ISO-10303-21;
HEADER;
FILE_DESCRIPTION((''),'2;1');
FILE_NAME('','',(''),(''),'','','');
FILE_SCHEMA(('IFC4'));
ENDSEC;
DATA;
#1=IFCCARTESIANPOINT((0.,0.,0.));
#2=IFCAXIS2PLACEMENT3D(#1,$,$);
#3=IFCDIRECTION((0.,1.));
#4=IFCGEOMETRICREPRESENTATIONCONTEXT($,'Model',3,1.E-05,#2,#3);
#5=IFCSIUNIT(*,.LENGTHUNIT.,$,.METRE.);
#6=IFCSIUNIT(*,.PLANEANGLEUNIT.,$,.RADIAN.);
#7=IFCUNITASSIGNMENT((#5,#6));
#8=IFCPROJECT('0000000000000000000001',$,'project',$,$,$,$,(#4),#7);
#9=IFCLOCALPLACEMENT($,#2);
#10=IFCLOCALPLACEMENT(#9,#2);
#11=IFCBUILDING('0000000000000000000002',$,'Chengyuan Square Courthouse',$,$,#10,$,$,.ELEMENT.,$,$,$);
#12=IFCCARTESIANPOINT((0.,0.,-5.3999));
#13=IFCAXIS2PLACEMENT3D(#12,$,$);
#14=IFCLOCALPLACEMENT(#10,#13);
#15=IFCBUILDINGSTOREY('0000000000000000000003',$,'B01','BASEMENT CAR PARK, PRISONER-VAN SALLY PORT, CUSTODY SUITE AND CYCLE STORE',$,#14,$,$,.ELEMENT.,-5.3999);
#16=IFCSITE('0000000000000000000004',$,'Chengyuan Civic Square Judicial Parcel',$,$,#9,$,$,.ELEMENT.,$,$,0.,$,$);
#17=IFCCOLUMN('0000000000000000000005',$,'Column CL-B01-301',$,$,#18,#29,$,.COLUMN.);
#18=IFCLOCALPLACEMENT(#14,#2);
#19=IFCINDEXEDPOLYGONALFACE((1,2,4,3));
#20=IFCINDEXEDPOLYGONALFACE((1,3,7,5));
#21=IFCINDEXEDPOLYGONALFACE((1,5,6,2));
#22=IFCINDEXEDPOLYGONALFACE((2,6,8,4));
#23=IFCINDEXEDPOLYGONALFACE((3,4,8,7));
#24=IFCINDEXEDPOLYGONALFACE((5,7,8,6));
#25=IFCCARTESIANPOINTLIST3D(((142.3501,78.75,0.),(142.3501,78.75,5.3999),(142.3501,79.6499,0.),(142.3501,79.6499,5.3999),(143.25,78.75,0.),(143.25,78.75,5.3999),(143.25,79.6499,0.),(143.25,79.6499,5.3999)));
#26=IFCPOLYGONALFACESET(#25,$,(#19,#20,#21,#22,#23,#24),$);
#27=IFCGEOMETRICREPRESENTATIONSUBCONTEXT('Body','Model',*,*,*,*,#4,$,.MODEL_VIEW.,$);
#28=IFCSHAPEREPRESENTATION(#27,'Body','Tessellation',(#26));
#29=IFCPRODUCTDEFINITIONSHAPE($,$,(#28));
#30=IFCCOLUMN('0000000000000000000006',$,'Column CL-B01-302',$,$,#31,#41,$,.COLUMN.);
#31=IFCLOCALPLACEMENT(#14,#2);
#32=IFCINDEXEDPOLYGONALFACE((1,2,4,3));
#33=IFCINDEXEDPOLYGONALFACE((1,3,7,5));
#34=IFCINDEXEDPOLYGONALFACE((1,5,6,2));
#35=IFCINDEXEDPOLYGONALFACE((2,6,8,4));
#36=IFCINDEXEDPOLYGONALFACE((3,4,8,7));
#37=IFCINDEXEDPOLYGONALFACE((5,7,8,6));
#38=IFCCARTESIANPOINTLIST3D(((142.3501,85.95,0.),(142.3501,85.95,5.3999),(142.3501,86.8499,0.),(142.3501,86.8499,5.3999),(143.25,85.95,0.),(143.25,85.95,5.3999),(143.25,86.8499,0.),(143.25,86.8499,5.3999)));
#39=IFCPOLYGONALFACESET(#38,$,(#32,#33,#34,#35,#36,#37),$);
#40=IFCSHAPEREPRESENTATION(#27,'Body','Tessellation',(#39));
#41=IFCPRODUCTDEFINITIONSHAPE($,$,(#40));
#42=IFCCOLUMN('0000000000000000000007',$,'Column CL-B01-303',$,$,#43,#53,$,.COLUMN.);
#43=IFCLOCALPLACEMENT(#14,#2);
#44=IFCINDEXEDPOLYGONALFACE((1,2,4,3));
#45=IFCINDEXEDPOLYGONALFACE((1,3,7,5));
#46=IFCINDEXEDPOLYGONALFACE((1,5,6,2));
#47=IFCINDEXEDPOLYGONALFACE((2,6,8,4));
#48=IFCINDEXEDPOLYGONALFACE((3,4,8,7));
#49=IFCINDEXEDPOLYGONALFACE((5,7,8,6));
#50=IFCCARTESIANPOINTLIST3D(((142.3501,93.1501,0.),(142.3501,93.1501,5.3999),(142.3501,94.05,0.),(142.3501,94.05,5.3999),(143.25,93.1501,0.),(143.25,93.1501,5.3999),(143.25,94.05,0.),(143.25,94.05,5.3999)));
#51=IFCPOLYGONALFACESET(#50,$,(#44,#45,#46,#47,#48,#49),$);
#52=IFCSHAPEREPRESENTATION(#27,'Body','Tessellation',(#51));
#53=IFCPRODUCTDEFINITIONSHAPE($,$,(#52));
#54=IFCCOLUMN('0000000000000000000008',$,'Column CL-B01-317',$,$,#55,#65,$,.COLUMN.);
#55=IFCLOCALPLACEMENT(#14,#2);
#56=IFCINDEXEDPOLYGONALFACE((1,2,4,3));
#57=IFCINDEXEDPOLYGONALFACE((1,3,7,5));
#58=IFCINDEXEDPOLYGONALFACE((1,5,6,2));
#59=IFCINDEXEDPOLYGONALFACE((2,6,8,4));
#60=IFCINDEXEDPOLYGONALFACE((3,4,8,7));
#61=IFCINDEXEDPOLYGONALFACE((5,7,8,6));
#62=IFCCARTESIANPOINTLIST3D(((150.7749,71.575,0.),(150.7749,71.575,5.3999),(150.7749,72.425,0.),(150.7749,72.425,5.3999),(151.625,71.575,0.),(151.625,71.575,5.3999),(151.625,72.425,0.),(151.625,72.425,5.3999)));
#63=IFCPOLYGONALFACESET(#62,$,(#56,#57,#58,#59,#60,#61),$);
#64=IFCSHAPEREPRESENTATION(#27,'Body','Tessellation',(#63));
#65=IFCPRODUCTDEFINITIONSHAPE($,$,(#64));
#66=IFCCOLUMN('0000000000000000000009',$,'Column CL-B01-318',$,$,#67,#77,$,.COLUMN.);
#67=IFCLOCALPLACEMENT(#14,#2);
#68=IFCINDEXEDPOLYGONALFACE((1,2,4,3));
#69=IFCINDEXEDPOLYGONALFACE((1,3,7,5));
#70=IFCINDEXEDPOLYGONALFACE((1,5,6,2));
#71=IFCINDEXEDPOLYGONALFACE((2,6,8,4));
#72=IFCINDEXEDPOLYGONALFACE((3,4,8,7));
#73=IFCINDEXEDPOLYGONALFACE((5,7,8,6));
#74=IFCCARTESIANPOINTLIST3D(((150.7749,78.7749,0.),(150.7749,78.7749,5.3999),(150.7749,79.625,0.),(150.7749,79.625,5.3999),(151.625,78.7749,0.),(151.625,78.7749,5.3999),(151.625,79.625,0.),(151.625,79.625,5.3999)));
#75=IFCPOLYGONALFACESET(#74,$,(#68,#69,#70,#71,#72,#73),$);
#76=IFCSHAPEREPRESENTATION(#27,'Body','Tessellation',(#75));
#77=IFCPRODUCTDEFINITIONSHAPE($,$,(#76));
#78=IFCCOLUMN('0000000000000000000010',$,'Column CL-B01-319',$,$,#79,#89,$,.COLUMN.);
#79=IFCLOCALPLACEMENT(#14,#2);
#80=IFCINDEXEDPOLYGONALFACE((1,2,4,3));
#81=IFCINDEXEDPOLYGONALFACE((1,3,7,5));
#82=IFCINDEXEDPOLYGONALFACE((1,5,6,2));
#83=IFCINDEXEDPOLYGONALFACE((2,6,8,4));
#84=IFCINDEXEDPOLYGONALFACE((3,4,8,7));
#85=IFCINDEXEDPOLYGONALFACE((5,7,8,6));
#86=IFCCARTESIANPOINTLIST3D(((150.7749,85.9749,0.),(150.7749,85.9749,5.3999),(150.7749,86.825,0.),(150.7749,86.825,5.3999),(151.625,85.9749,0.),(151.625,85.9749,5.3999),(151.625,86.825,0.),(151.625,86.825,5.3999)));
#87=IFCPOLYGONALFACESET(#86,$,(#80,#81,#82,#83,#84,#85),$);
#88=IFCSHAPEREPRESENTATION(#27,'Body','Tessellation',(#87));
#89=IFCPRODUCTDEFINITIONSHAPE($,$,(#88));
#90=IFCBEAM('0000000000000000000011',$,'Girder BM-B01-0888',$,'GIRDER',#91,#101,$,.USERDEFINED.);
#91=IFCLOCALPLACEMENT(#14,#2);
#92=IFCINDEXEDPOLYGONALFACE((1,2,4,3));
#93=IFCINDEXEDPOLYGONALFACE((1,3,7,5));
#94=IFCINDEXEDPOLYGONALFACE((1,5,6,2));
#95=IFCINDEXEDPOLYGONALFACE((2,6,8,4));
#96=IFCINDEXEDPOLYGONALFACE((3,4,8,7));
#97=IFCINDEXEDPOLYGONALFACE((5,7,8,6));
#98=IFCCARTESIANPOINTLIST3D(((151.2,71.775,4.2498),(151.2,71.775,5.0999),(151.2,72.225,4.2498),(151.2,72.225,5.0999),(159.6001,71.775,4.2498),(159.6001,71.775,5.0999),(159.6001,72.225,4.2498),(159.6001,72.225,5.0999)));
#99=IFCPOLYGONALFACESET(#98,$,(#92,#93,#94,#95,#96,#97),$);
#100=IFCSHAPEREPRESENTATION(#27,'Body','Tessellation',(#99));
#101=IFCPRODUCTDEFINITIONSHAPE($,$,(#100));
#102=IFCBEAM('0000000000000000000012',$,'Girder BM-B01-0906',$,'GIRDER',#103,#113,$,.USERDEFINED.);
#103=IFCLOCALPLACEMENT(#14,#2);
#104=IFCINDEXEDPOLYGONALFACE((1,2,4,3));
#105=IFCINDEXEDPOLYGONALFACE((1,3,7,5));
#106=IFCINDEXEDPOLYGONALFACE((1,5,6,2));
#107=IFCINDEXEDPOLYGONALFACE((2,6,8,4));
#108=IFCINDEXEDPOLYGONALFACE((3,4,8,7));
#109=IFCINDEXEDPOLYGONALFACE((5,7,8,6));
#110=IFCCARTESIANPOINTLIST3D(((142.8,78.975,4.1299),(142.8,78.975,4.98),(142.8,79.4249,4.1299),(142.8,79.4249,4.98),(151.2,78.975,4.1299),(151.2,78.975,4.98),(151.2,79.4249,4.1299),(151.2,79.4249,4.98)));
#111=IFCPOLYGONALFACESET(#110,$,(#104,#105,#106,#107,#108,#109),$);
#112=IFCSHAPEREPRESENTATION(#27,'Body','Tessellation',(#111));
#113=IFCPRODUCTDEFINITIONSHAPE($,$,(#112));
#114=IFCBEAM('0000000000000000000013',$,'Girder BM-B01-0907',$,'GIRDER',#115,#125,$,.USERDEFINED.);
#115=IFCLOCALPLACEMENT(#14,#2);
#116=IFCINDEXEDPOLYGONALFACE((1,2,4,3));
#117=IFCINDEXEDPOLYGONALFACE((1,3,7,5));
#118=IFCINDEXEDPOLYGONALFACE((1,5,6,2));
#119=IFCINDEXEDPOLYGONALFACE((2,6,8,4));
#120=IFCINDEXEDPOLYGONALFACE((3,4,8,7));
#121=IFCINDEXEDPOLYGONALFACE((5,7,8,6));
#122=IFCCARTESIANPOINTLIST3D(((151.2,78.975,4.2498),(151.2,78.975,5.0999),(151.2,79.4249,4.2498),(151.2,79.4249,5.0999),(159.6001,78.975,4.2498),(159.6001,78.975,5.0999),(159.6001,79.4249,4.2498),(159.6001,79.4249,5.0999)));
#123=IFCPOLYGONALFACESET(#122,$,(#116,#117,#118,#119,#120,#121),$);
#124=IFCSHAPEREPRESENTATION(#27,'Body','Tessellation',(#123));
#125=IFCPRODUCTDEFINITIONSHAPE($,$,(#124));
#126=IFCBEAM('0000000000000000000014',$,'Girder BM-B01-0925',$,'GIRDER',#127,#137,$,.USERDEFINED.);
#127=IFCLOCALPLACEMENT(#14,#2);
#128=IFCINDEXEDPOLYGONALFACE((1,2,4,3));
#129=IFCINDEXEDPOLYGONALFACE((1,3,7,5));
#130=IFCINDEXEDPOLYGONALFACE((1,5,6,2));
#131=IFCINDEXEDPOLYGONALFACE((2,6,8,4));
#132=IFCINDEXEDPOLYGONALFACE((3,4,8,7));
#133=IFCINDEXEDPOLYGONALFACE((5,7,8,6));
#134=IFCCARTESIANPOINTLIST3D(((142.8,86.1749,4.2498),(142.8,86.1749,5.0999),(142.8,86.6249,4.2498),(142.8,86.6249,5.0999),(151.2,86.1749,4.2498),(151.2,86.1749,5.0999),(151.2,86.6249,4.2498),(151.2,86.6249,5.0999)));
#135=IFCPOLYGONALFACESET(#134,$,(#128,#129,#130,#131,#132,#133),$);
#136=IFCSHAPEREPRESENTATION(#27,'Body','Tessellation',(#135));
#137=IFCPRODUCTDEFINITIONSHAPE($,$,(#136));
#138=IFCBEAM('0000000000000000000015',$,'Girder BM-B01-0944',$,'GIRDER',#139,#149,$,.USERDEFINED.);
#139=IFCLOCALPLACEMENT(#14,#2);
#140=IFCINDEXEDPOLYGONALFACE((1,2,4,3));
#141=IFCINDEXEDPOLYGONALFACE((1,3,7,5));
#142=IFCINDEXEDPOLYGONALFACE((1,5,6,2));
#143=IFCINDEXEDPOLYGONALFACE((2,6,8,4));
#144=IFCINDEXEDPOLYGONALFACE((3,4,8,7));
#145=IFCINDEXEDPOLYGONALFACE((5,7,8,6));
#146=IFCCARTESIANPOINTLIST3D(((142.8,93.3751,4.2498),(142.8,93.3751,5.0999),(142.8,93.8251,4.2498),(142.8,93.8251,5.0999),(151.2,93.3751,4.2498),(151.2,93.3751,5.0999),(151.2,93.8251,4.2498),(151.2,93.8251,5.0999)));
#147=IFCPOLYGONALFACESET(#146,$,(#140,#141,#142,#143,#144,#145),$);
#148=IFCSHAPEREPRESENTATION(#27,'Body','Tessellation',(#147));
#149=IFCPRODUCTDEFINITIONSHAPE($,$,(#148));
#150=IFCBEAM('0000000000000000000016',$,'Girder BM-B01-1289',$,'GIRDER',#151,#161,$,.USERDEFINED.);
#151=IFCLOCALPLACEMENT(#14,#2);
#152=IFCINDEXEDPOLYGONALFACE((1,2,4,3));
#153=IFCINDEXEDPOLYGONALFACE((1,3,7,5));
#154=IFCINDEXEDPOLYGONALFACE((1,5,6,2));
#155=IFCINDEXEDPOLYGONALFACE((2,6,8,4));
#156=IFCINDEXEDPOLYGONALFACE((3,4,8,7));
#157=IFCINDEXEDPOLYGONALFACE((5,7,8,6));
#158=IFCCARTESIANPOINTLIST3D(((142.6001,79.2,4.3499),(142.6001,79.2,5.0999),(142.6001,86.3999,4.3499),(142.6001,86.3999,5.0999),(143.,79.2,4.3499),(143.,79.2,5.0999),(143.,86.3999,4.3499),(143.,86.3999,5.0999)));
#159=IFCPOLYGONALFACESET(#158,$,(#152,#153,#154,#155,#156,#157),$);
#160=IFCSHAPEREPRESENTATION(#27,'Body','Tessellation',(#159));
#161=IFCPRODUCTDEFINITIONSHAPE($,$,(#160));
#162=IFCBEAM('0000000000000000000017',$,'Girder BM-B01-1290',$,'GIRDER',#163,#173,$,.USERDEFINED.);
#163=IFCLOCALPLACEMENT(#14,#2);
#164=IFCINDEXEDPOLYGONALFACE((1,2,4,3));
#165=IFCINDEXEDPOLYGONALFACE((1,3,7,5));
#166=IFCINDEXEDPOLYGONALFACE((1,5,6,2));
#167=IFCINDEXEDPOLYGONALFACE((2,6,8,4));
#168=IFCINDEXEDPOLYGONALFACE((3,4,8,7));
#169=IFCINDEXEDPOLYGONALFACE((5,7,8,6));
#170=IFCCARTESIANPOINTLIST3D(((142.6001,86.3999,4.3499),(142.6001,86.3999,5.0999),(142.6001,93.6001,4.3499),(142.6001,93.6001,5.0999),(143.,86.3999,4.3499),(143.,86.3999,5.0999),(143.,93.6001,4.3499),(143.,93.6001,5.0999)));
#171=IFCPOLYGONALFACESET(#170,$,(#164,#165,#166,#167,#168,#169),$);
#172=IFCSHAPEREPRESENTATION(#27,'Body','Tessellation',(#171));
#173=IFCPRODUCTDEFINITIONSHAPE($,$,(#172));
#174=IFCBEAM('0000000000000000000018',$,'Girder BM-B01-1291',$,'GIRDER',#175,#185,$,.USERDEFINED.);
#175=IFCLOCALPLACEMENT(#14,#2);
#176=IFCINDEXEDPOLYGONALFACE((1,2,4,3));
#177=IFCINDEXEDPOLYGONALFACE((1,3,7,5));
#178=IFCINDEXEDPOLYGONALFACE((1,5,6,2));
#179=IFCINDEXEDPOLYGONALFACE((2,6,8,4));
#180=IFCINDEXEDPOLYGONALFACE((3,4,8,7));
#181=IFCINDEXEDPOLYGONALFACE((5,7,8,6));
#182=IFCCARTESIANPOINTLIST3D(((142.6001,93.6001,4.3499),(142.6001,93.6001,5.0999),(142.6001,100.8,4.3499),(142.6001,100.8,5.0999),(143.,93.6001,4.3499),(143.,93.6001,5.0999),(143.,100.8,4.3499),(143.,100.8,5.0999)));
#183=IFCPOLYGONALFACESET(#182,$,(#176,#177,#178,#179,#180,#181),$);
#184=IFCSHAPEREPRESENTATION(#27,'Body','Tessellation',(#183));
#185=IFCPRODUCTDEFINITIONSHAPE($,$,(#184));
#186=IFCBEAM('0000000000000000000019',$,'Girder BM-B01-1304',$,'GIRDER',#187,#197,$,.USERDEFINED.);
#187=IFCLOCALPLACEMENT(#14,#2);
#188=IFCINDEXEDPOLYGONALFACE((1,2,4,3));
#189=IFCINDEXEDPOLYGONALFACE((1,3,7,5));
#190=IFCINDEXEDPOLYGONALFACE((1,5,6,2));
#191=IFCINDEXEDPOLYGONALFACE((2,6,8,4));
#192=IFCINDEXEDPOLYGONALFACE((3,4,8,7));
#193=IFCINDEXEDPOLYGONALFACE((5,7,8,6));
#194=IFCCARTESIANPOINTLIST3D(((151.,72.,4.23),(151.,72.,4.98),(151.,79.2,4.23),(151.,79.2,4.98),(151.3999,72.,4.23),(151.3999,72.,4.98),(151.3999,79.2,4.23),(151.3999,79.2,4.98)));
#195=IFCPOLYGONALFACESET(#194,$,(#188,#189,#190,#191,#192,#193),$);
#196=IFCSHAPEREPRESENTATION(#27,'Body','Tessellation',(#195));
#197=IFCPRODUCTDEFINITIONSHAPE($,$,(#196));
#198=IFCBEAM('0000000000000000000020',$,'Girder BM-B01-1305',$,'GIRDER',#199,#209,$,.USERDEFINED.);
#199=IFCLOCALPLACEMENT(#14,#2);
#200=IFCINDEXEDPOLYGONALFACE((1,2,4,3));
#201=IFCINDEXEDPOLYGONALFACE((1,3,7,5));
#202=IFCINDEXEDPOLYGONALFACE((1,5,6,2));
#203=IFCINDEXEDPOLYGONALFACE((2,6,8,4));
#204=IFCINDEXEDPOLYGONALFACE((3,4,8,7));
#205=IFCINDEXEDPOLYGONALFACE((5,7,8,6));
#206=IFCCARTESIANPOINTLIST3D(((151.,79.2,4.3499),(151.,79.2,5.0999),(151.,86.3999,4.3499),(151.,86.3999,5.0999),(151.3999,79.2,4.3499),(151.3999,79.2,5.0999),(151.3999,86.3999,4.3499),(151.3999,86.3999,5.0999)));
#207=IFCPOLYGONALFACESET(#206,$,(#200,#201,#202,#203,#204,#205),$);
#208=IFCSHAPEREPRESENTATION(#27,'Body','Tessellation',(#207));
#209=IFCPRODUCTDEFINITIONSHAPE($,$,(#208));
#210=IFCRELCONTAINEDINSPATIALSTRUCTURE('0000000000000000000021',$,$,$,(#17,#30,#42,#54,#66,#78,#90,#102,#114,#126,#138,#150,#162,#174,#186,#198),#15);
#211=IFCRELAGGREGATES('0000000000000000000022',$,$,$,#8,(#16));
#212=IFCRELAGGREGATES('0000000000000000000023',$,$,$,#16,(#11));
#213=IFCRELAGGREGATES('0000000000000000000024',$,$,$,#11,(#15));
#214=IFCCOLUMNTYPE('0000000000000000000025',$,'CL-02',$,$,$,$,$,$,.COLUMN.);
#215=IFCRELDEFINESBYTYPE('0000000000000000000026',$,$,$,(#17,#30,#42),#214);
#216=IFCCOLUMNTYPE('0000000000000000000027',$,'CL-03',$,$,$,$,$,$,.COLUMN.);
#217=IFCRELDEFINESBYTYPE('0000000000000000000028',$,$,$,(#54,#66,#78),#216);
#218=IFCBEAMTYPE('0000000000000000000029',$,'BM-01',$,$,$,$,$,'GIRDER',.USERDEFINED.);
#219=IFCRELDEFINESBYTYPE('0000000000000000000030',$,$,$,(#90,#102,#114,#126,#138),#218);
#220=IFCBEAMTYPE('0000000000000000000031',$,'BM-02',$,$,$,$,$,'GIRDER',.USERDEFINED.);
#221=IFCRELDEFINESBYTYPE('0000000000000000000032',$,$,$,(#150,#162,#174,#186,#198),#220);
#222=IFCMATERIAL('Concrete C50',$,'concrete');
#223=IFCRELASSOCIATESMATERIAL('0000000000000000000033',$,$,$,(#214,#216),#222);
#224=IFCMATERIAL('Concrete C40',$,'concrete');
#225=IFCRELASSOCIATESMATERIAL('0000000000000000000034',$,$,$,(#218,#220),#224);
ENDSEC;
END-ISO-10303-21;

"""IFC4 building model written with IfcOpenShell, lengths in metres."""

from ifc_helpers import new_model, si_unit, direction, frame, origin, origin_2d, place, context, subcontext, project, spatial, rectangle, extrude, material, material_profile, profile_set, type_object, element, save


model = new_model("IFC4")

# Units and contexts
model_context = context("Model", 3, precision=1e-05, world=origin(), true_north=direction((0.0, 1.0)))
body_context = subcontext(model_context, "Body", "Model", "MODEL_VIEW")
ifc_project = project(units=[si_unit("LENGTHUNIT", "METRE"), si_unit("PLANEANGLEUNIT", "RADIAN")], contexts=[model_context])

# Site, building, storey
site_placement = place(None, origin())
site = spatial("IfcSite", under=ifc_project, at=site_placement, Name="Chengyuan Civic Square Judicial Parcel", CompositionType="ELEMENT", RefElevation=0.0)
building_placement = place(site_placement, origin())
building = spatial("IfcBuilding", under=site, at=building_placement, Name="Chengyuan Square Courthouse", CompositionType="ELEMENT")
storey_placement = place(building_placement, frame((0.0, 0.0, -5.3999)))
storey = spatial("IfcBuildingStorey", under=building, at=storey_placement, Name="B01", Description="BASEMENT CAR PARK, PRISONER-VAN SALLY PORT, CUSTODY SUITE AND CYCLE STORE", CompositionType="ELEMENT", Elevation=-5.3999)

# Columns
ifc_material_1 = material(Name="Concrete C50", Category="concrete")
ifc_material_profile_1 = material_profile(ifc_material_1, rectangle(XDim=0.8999, YDim=0.8999, at=origin_2d()), Name="RC-COL-900x900")
ifc_profile_set_1 = profile_set([ifc_material_profile_1], Name="Concrete C50")
column_type_1 = type_object("IfcColumnType", Name="CL-02", PredefinedType="COLUMN", material=ifc_profile_set_1)
for number, where, z_axis, x_axis, name in (
    (1, (142.8, 79.2, 0.0), (0.0, 0.0, 1.0), (1.0, 0.0, 0.0), "Column CL-B01-301"),
    (2, (142.8, 86.3999, 0.0), (0.0, 0.0, 1.0), (1.0, 0.0, 0.0), "Column CL-B01-302"),
    (3, (142.8, 93.6001, 0.0), (0.0, 0.0, 1.0), (1.0, 0.0, 0.0), "Column CL-B01-303"),
):
    element("IfcColumn", number, at=place(storey_placement, frame(where, z_axis=z_axis, x_axis=x_axis)), inside=storey, type_object=column_type_1, Name=name, PredefinedType="COLUMN", context=body_context, shape_type="SweptSolid", body=[
        extrude(rectangle(XDim=0.8999, YDim=0.8999, at=origin_2d()), origin(), (0.0, 0.0, 1.0), 5.3999),
    ])
ifc_material_profile_2 = material_profile(ifc_material_1, rectangle(XDim=0.8501, YDim=0.8501, at=origin_2d()), Name="RC-COL-850x850")
ifc_profile_set_2 = profile_set([ifc_material_profile_2], Name="Concrete C50")
column_type_2 = type_object("IfcColumnType", Name="CL-03", PredefinedType="COLUMN", material=ifc_profile_set_2)
for number, where, z_axis, x_axis, name in (
    (4, (151.2, 72.0, 0.0), (0.0, 0.0, 1.0), (1.0, 0.0, 0.0), "Column CL-B01-317"),
    (5, (151.2, 79.2, 0.0), (0.0, 0.0, 1.0), (1.0, 0.0, 0.0), "Column CL-B01-318"),
    (6, (151.2, 86.3999, 0.0), (0.0, 0.0, 1.0), (1.0, 0.0, 0.0), "Column CL-B01-319"),
):
    element("IfcColumn", number, at=place(storey_placement, frame(where, z_axis=z_axis, x_axis=x_axis)), inside=storey, type_object=column_type_2, Name=name, PredefinedType="COLUMN", context=body_context, shape_type="SweptSolid", body=[
        extrude(rectangle(XDim=0.8501, YDim=0.8501, at=origin_2d()), origin(), (0.0, 0.0, 1.0), 5.3999),
    ])

# Beams
ifc_material_2 = material(Name="Concrete C40", Category="concrete")
ifc_material_profile_3 = material_profile(ifc_material_2, rectangle(XDim=0.45, YDim=0.8501, at=origin_2d()), Name="RC-BM-450x850")
ifc_profile_set_3 = profile_set([ifc_material_profile_3], Name="Concrete C40")
beam_type_1 = type_object("IfcBeamType", Name="BM-01", ElementType="GIRDER", PredefinedType="USERDEFINED", material=ifc_profile_set_3)
beam_1_placement = place(storey_placement, frame((151.2, 72.0, 4.6748), z_axis=(1.0, 0.0, 0.0), x_axis=(0.0, 1.0, 0.0)))
element("IfcBeam", 7, at=beam_1_placement, inside=storey, type_object=beam_type_1, Name="Girder BM-B01-0888", ObjectType="GIRDER", PredefinedType="USERDEFINED", context=body_context, shape_type="SweptSolid", body=[
    extrude(rectangle(XDim=0.45, YDim=0.8501, at=origin_2d()), origin(), (0.0, 0.0, 1.0), 8.4001),
])
beam_2_placement = place(storey_placement, frame((142.8, 79.2, 4.5549), z_axis=(1.0, 0.0, 0.0), x_axis=(0.0, 1.0, 0.0)))
element("IfcBeam", 8, at=beam_2_placement, inside=storey, type_object=beam_type_1, Name="Girder BM-B01-0906", ObjectType="GIRDER", PredefinedType="USERDEFINED", context=body_context, shape_type="SweptSolid", body=[
    extrude(rectangle(XDim=0.45, YDim=0.8501, at=origin_2d()), origin(), (0.0, 0.0, 1.0), 8.3999),
])
beam_3_placement = place(storey_placement, frame((151.2, 79.2, 4.6748), z_axis=(1.0, 0.0, 0.0), x_axis=(0.0, 1.0, 0.0)))
element("IfcBeam", 9, at=beam_3_placement, inside=storey, type_object=beam_type_1, Name="Girder BM-B01-0907", ObjectType="GIRDER", PredefinedType="USERDEFINED", context=body_context, shape_type="SweptSolid", body=[
    extrude(rectangle(XDim=0.45, YDim=0.8501, at=origin_2d()), origin(), (0.0, 0.0, 1.0), 8.4001),
])
for number, where, z_axis, x_axis, name in (
    (10, (142.8, 86.3999, 4.6748), (1.0, 0.0, 0.0), (0.0, 1.0, 0.0), "Girder BM-B01-0925"),
    (11, (142.8, 93.6001, 4.6748), (1.0, 0.0, 0.0), (0.0, 1.0, 0.0), "Girder BM-B01-0944"),
):
    element("IfcBeam", number, at=place(storey_placement, frame(where, z_axis=z_axis, x_axis=x_axis)), inside=storey, type_object=beam_type_1, Name=name, ObjectType="GIRDER", PredefinedType="USERDEFINED", context=body_context, shape_type="SweptSolid", body=[
        extrude(rectangle(XDim=0.45, YDim=0.8501, at=origin_2d()), origin(), (0.0, 0.0, 1.0), 8.3999),
    ])
ifc_material_profile_4 = material_profile(ifc_material_2, rectangle(XDim=0.3999, YDim=0.75, at=origin_2d()), Name="RC-BM-400x750")
ifc_profile_set_4 = profile_set([ifc_material_profile_4], Name="Concrete C40")
beam_type_2 = type_object("IfcBeamType", Name="BM-02", ElementType="GIRDER", PredefinedType="USERDEFINED", material=ifc_profile_set_4)
beam_4_placement = place(storey_placement, frame((142.8, 79.2, 4.7249), z_axis=(0.0, 1.0, 0.0), x_axis=(-1.0, 0.0, 0.0)))
element("IfcBeam", 12, at=beam_4_placement, inside=storey, type_object=beam_type_2, Name="Girder BM-B01-1289", ObjectType="GIRDER", PredefinedType="USERDEFINED", context=body_context, shape_type="SweptSolid", body=[
    extrude(rectangle(XDim=0.3999, YDim=0.75, at=origin_2d()), origin(), (0.0, 0.0, 1.0), 7.2),
])
beam_5_placement = place(storey_placement, frame((142.8, 86.3999, 4.7249), z_axis=(0.0, 1.0, 0.0), x_axis=(-1.0, 0.0, 0.0)))
element("IfcBeam", 13, at=beam_5_placement, inside=storey, type_object=beam_type_2, Name="Girder BM-B01-1290", ObjectType="GIRDER", PredefinedType="USERDEFINED", context=body_context, shape_type="SweptSolid", body=[
    extrude(rectangle(XDim=0.3999, YDim=0.75, at=origin_2d()), origin(), (0.0, 0.0, 1.0), 7.2002),
])
for number, where, z_axis, x_axis, name in (
    (14, (142.8, 93.6001, 4.7249), (0.0, 1.0, 0.0), (-1.0, 0.0, 0.0), "Girder BM-B01-1291"),
    (15, (151.2, 72.0, 4.605), (0.0, 1.0, 0.0), (-1.0, 0.0, 0.0), "Girder BM-B01-1304"),
    (16, (151.2, 79.2, 4.7249), (0.0, 1.0, 0.0), (-1.0, 0.0, 0.0), "Girder BM-B01-1305"),
):
    element("IfcBeam", number, at=place(storey_placement, frame(where, z_axis=z_axis, x_axis=x_axis)), inside=storey, type_object=beam_type_2, Name=name, ObjectType="GIRDER", PredefinedType="USERDEFINED", context=body_context, shape_type="SweptSolid", body=[
        extrude(rectangle(XDim=0.3999, YDim=0.75, at=origin_2d()), origin(), (0.0, 0.0, 1.0), 7.2),
    ])

save(model, "model.ifc")
